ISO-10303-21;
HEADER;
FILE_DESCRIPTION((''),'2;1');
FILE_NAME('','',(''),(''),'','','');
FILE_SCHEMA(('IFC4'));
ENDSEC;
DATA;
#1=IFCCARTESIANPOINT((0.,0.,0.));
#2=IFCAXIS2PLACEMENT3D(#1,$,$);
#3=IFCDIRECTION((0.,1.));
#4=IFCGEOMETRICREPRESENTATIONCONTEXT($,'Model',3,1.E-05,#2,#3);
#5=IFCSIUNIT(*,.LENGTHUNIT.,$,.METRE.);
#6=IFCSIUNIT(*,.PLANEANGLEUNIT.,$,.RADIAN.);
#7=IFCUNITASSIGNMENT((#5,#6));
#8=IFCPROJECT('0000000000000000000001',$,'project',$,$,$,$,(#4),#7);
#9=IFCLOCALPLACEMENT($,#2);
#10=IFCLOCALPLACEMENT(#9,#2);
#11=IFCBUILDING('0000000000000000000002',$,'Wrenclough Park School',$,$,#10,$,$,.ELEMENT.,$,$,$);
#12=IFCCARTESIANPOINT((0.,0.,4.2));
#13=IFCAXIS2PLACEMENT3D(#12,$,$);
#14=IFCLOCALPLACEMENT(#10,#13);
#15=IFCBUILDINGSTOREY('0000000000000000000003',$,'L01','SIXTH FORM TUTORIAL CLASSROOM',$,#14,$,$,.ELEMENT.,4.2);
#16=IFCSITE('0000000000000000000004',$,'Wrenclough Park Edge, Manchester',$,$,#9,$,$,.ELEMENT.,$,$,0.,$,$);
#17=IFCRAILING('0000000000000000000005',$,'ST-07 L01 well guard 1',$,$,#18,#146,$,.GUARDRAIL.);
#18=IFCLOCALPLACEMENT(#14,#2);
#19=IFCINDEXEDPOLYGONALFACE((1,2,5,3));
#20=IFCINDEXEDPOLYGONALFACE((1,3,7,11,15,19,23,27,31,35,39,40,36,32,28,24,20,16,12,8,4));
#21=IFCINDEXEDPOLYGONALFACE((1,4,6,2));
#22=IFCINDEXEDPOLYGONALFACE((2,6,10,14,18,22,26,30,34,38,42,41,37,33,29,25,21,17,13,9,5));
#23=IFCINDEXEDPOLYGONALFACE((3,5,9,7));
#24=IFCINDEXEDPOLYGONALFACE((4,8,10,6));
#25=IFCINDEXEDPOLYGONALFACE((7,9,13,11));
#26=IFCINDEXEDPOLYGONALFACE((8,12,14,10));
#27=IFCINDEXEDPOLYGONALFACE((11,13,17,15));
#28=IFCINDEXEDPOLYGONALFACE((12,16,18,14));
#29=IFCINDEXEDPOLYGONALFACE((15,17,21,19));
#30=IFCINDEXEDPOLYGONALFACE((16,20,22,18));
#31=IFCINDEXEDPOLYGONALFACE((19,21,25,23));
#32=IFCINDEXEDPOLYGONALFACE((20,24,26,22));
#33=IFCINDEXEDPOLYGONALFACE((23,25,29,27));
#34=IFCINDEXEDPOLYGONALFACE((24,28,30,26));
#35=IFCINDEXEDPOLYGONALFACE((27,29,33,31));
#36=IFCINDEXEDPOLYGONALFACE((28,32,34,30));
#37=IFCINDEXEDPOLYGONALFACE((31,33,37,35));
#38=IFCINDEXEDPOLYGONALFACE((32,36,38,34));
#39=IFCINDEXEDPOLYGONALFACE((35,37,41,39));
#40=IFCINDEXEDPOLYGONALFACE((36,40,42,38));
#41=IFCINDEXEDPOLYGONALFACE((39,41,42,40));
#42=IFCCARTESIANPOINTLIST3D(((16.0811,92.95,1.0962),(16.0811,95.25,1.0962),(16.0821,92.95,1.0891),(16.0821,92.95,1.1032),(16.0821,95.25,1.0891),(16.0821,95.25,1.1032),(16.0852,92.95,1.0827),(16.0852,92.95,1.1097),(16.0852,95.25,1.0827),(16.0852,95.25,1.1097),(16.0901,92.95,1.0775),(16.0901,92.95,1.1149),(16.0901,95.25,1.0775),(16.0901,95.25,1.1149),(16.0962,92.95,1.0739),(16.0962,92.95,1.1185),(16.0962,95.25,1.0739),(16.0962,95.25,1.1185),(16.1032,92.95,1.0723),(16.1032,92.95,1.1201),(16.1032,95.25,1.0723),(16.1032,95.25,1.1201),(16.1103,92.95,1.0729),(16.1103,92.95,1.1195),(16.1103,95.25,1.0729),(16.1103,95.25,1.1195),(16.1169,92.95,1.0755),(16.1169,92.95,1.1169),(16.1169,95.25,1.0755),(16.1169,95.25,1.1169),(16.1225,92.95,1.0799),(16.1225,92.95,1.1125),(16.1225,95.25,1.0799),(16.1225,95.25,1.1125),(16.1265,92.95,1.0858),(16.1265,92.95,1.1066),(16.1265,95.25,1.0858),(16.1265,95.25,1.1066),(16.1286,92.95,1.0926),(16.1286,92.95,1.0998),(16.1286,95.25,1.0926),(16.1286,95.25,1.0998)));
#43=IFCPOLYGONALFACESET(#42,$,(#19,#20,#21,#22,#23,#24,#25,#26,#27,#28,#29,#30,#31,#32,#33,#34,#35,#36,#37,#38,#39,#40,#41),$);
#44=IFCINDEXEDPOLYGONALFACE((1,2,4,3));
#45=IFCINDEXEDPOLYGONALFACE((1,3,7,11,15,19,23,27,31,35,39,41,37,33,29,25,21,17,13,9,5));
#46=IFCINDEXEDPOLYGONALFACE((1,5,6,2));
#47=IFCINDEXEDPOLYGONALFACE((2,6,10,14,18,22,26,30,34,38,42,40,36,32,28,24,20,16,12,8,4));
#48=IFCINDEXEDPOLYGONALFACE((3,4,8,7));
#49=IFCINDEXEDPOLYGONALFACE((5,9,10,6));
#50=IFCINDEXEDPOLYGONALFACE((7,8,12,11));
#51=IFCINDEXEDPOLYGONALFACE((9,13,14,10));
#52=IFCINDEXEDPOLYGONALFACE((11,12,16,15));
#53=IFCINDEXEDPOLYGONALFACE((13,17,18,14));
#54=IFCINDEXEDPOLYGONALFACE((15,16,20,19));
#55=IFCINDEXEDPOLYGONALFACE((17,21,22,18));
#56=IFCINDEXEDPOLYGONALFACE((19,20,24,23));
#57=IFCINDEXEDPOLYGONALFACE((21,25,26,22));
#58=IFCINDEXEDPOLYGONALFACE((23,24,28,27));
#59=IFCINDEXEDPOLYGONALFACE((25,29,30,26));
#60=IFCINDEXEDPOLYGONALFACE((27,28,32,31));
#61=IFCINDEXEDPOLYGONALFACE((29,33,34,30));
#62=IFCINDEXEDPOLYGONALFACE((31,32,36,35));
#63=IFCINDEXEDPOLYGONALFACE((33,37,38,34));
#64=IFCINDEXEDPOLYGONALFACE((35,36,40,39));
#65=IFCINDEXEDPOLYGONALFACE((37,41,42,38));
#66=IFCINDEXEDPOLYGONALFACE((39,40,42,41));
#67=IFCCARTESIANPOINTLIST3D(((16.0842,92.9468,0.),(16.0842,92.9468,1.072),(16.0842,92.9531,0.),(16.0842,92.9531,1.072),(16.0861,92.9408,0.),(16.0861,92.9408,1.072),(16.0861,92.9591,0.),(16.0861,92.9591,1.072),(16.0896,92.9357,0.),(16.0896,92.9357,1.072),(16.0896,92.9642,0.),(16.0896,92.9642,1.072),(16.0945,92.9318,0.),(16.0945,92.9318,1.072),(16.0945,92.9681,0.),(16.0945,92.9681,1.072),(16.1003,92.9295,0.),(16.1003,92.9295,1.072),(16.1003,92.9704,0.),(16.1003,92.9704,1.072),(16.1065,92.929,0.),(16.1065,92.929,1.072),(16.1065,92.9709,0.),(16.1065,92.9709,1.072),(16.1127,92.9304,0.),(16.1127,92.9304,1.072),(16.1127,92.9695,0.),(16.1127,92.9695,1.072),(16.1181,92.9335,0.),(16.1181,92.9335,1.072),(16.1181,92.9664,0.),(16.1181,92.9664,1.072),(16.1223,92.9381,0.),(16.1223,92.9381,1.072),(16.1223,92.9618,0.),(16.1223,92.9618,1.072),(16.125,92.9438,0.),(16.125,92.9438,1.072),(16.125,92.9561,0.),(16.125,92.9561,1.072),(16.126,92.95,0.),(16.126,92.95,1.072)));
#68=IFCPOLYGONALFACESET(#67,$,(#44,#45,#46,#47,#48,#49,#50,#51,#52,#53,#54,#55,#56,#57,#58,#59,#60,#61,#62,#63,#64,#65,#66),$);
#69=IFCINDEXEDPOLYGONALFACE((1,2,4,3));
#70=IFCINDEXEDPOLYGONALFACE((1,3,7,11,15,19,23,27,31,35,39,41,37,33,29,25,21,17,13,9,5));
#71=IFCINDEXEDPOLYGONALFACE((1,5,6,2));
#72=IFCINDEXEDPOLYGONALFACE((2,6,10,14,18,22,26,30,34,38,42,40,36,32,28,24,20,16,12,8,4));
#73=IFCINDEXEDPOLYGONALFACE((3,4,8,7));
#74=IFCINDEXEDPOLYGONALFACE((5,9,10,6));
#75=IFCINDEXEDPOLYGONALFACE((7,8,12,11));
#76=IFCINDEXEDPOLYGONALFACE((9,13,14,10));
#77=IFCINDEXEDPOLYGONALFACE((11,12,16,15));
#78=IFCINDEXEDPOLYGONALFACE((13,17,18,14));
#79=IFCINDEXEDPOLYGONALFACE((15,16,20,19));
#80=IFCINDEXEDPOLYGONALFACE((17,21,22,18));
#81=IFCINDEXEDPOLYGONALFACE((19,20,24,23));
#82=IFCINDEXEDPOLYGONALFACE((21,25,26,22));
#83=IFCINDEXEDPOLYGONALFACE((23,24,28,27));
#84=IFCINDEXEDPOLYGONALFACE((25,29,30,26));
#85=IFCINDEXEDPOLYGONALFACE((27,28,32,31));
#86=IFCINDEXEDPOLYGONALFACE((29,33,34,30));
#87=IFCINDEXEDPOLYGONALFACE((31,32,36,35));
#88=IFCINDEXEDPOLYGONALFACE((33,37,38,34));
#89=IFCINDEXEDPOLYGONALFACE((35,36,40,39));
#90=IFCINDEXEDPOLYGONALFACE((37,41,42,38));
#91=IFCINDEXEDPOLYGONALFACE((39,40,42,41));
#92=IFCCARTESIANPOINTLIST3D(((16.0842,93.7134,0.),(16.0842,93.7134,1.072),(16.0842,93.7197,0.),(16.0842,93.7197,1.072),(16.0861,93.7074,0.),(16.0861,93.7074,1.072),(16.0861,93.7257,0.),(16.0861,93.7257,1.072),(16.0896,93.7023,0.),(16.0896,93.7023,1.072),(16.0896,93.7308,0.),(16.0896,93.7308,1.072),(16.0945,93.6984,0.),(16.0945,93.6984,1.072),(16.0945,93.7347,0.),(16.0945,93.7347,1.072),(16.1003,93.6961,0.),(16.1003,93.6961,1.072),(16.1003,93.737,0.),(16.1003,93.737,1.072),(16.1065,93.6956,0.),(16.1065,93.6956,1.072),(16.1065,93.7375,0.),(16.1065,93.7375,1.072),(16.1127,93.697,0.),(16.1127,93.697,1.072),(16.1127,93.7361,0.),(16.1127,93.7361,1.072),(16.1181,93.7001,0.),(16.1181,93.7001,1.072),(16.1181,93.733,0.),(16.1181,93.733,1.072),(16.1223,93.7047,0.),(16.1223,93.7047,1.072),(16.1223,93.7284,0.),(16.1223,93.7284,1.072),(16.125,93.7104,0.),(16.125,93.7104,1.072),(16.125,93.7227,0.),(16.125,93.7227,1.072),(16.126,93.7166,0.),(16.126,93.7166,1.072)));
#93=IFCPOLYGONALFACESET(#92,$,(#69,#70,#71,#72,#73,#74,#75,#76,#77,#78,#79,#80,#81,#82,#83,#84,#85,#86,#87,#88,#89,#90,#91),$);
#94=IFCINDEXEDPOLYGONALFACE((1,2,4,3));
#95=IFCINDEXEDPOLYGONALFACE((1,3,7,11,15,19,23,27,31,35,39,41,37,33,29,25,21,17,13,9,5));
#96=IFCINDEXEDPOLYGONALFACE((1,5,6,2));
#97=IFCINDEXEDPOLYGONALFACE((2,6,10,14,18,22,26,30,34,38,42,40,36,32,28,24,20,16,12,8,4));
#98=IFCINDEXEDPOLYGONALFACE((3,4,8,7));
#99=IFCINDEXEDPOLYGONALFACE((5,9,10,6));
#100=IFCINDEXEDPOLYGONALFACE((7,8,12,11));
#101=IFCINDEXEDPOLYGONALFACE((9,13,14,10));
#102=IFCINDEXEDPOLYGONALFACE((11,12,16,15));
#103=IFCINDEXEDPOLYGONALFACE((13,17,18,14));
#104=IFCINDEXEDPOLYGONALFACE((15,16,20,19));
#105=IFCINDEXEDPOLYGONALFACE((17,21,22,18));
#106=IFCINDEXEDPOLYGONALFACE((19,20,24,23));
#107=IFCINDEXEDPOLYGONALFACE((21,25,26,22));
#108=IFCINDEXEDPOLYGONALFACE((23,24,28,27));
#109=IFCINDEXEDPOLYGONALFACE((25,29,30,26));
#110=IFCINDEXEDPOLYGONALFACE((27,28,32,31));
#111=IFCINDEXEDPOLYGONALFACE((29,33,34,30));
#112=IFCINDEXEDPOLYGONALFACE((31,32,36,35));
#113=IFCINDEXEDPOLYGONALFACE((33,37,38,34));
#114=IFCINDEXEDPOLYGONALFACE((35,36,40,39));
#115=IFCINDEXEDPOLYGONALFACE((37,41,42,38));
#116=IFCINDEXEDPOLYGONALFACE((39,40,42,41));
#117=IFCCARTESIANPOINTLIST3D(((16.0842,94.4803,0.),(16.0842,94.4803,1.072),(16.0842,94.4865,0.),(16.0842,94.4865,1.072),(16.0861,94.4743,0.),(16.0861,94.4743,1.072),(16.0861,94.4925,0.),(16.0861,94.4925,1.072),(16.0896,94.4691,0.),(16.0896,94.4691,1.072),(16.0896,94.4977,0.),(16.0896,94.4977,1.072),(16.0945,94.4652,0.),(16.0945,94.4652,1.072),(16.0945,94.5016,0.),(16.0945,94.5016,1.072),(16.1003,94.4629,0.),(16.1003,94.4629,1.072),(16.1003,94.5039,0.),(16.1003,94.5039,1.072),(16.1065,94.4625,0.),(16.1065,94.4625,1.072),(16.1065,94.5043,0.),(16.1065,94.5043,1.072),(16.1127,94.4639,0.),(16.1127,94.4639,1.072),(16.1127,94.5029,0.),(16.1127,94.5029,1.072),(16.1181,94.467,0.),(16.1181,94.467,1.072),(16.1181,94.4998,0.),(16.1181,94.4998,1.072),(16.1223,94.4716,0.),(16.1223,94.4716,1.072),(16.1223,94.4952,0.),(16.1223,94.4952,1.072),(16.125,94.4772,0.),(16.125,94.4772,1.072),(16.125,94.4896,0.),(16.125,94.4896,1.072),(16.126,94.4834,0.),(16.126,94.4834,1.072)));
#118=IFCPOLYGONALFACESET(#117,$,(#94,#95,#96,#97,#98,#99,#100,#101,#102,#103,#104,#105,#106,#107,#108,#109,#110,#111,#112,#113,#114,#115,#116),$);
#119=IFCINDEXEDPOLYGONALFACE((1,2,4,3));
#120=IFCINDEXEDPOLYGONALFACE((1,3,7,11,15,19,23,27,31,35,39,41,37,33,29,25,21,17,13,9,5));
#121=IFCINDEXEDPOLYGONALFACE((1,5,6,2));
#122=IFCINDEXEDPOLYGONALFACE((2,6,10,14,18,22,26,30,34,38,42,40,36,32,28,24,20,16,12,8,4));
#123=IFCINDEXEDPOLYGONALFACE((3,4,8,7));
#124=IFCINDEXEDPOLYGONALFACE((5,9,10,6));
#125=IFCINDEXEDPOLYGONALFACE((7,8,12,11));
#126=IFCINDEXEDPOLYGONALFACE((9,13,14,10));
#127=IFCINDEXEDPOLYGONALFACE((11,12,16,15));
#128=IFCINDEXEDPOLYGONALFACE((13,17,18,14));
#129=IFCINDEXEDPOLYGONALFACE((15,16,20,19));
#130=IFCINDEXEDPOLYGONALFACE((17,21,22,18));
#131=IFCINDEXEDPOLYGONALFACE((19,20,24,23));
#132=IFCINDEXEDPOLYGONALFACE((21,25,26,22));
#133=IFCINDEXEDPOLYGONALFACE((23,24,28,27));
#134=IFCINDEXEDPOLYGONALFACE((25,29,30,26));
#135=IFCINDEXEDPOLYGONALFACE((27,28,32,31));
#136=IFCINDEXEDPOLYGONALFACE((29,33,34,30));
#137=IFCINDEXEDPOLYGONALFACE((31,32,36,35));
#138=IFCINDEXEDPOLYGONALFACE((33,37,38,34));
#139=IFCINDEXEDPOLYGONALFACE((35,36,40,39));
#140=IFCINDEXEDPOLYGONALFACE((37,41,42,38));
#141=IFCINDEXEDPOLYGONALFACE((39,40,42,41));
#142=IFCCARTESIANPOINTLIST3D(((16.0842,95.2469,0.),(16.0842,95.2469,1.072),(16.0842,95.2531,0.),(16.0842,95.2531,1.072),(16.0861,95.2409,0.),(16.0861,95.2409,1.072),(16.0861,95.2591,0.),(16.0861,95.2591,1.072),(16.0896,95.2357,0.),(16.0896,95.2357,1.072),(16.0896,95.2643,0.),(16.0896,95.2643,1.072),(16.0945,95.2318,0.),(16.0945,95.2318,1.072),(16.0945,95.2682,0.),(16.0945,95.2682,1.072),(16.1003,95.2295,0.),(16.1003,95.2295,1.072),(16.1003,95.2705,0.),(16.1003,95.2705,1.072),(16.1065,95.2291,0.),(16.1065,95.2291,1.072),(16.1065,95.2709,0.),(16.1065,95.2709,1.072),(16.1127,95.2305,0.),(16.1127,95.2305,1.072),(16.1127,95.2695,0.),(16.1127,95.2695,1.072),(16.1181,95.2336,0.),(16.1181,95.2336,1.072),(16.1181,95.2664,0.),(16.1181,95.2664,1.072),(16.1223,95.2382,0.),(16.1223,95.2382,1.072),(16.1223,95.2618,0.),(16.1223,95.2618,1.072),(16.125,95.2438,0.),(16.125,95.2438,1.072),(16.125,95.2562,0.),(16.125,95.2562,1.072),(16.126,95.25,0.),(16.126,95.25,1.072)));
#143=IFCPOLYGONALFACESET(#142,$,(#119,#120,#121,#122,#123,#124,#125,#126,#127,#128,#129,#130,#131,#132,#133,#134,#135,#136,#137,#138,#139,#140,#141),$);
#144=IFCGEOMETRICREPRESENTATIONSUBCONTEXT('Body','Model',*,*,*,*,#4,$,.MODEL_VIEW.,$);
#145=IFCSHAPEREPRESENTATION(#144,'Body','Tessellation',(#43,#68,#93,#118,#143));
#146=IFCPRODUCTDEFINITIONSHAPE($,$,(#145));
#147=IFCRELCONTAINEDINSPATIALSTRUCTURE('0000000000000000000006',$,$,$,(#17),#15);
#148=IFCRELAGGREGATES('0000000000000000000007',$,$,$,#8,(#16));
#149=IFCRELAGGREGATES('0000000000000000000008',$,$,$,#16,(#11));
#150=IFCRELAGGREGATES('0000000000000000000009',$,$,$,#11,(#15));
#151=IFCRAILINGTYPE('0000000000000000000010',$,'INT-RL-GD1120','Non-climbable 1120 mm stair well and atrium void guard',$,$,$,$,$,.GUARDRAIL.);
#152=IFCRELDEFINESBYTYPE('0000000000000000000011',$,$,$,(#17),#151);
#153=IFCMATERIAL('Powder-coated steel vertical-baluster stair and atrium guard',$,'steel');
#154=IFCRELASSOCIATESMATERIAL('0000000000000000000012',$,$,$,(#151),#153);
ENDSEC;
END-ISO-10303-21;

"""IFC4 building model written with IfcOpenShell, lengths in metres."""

from ifc_helpers import new_model, si_unit, direction, frame, origin, origin_2d, place, context, subcontext, project, spatial, circle, extrude, material, type_object, element, save


model = new_model("IFC4")

# Units and contexts
model_context = context("Model", 3, precision=1e-05, world=origin(), true_north=direction((0.0, 1.0)))
body_context = subcontext(model_context, "Body", "Model", "MODEL_VIEW")
ifc_project = project(units=[si_unit("LENGTHUNIT", "METRE"), si_unit("PLANEANGLEUNIT", "RADIAN")], contexts=[model_context])

# Site, building, storey
site_placement = place(None, origin())
site = spatial("IfcSite", under=ifc_project, at=site_placement, Name="Wrenclough Park Edge, Manchester", CompositionType="ELEMENT", RefElevation=0.0)
building_placement = place(site_placement, origin())
building = spatial("IfcBuilding", under=site, at=building_placement, Name="Wrenclough Park School", CompositionType="ELEMENT")
storey_placement = place(building_placement, frame((0.0, 0.0, 4.2)))
storey = spatial("IfcBuildingStorey", under=building, at=storey_placement, Name="L01", Description="SIXTH FORM TUTORIAL CLASSROOM", CompositionType="ELEMENT", Elevation=4.2)

# Railing
ifc_material_1 = material(Name="Powder-coated steel vertical-baluster stair and atrium guard", Category="steel")
railing_type = type_object("IfcRailingType", Name="INT-RL-GD1120", Description="Non-climbable 1120 mm stair well and atrium void guard", PredefinedType="GUARDRAIL", material=ifc_material_1)
railing_1_placement = place(storey_placement, frame((16.105, 92.95, 0.0)))
element("IfcRailing", 1, at=railing_1_placement, inside=storey, type_object=railing_type, Name="ST-07 L01 well guard 1", PredefinedType="GUARDRAIL", context=body_context, shape_type="SweptSolid", body=[
    extrude(circle(Radius=0.0239, at=origin_2d()), frame((0.0, 0.0, 1.0962), z_axis=(0.0, 1.0, 0.0), x_axis=(-1.0, 0.0, 0.0)), (0.0, 0.0, 1.0), 2.3),
    extrude(circle(Radius=0.021, at=origin_2d()), origin(), (0.0, 0.0, 1.0), 1.072),
    extrude(circle(Radius=0.021, at=origin_2d()), frame((0.0, 0.7666, 0.0)), (0.0, 0.0, 1.0), 1.072),
    extrude(circle(Radius=0.021, at=origin_2d()), frame((0.0, 1.5334, 0.0)), (0.0, 0.0, 1.0), 1.072),
    extrude(circle(Radius=0.021, at=origin_2d()), frame((0.0, 2.3, 0.0)), (0.0, 0.0, 1.0), 1.072),
])

save(model, "model.ifc")
